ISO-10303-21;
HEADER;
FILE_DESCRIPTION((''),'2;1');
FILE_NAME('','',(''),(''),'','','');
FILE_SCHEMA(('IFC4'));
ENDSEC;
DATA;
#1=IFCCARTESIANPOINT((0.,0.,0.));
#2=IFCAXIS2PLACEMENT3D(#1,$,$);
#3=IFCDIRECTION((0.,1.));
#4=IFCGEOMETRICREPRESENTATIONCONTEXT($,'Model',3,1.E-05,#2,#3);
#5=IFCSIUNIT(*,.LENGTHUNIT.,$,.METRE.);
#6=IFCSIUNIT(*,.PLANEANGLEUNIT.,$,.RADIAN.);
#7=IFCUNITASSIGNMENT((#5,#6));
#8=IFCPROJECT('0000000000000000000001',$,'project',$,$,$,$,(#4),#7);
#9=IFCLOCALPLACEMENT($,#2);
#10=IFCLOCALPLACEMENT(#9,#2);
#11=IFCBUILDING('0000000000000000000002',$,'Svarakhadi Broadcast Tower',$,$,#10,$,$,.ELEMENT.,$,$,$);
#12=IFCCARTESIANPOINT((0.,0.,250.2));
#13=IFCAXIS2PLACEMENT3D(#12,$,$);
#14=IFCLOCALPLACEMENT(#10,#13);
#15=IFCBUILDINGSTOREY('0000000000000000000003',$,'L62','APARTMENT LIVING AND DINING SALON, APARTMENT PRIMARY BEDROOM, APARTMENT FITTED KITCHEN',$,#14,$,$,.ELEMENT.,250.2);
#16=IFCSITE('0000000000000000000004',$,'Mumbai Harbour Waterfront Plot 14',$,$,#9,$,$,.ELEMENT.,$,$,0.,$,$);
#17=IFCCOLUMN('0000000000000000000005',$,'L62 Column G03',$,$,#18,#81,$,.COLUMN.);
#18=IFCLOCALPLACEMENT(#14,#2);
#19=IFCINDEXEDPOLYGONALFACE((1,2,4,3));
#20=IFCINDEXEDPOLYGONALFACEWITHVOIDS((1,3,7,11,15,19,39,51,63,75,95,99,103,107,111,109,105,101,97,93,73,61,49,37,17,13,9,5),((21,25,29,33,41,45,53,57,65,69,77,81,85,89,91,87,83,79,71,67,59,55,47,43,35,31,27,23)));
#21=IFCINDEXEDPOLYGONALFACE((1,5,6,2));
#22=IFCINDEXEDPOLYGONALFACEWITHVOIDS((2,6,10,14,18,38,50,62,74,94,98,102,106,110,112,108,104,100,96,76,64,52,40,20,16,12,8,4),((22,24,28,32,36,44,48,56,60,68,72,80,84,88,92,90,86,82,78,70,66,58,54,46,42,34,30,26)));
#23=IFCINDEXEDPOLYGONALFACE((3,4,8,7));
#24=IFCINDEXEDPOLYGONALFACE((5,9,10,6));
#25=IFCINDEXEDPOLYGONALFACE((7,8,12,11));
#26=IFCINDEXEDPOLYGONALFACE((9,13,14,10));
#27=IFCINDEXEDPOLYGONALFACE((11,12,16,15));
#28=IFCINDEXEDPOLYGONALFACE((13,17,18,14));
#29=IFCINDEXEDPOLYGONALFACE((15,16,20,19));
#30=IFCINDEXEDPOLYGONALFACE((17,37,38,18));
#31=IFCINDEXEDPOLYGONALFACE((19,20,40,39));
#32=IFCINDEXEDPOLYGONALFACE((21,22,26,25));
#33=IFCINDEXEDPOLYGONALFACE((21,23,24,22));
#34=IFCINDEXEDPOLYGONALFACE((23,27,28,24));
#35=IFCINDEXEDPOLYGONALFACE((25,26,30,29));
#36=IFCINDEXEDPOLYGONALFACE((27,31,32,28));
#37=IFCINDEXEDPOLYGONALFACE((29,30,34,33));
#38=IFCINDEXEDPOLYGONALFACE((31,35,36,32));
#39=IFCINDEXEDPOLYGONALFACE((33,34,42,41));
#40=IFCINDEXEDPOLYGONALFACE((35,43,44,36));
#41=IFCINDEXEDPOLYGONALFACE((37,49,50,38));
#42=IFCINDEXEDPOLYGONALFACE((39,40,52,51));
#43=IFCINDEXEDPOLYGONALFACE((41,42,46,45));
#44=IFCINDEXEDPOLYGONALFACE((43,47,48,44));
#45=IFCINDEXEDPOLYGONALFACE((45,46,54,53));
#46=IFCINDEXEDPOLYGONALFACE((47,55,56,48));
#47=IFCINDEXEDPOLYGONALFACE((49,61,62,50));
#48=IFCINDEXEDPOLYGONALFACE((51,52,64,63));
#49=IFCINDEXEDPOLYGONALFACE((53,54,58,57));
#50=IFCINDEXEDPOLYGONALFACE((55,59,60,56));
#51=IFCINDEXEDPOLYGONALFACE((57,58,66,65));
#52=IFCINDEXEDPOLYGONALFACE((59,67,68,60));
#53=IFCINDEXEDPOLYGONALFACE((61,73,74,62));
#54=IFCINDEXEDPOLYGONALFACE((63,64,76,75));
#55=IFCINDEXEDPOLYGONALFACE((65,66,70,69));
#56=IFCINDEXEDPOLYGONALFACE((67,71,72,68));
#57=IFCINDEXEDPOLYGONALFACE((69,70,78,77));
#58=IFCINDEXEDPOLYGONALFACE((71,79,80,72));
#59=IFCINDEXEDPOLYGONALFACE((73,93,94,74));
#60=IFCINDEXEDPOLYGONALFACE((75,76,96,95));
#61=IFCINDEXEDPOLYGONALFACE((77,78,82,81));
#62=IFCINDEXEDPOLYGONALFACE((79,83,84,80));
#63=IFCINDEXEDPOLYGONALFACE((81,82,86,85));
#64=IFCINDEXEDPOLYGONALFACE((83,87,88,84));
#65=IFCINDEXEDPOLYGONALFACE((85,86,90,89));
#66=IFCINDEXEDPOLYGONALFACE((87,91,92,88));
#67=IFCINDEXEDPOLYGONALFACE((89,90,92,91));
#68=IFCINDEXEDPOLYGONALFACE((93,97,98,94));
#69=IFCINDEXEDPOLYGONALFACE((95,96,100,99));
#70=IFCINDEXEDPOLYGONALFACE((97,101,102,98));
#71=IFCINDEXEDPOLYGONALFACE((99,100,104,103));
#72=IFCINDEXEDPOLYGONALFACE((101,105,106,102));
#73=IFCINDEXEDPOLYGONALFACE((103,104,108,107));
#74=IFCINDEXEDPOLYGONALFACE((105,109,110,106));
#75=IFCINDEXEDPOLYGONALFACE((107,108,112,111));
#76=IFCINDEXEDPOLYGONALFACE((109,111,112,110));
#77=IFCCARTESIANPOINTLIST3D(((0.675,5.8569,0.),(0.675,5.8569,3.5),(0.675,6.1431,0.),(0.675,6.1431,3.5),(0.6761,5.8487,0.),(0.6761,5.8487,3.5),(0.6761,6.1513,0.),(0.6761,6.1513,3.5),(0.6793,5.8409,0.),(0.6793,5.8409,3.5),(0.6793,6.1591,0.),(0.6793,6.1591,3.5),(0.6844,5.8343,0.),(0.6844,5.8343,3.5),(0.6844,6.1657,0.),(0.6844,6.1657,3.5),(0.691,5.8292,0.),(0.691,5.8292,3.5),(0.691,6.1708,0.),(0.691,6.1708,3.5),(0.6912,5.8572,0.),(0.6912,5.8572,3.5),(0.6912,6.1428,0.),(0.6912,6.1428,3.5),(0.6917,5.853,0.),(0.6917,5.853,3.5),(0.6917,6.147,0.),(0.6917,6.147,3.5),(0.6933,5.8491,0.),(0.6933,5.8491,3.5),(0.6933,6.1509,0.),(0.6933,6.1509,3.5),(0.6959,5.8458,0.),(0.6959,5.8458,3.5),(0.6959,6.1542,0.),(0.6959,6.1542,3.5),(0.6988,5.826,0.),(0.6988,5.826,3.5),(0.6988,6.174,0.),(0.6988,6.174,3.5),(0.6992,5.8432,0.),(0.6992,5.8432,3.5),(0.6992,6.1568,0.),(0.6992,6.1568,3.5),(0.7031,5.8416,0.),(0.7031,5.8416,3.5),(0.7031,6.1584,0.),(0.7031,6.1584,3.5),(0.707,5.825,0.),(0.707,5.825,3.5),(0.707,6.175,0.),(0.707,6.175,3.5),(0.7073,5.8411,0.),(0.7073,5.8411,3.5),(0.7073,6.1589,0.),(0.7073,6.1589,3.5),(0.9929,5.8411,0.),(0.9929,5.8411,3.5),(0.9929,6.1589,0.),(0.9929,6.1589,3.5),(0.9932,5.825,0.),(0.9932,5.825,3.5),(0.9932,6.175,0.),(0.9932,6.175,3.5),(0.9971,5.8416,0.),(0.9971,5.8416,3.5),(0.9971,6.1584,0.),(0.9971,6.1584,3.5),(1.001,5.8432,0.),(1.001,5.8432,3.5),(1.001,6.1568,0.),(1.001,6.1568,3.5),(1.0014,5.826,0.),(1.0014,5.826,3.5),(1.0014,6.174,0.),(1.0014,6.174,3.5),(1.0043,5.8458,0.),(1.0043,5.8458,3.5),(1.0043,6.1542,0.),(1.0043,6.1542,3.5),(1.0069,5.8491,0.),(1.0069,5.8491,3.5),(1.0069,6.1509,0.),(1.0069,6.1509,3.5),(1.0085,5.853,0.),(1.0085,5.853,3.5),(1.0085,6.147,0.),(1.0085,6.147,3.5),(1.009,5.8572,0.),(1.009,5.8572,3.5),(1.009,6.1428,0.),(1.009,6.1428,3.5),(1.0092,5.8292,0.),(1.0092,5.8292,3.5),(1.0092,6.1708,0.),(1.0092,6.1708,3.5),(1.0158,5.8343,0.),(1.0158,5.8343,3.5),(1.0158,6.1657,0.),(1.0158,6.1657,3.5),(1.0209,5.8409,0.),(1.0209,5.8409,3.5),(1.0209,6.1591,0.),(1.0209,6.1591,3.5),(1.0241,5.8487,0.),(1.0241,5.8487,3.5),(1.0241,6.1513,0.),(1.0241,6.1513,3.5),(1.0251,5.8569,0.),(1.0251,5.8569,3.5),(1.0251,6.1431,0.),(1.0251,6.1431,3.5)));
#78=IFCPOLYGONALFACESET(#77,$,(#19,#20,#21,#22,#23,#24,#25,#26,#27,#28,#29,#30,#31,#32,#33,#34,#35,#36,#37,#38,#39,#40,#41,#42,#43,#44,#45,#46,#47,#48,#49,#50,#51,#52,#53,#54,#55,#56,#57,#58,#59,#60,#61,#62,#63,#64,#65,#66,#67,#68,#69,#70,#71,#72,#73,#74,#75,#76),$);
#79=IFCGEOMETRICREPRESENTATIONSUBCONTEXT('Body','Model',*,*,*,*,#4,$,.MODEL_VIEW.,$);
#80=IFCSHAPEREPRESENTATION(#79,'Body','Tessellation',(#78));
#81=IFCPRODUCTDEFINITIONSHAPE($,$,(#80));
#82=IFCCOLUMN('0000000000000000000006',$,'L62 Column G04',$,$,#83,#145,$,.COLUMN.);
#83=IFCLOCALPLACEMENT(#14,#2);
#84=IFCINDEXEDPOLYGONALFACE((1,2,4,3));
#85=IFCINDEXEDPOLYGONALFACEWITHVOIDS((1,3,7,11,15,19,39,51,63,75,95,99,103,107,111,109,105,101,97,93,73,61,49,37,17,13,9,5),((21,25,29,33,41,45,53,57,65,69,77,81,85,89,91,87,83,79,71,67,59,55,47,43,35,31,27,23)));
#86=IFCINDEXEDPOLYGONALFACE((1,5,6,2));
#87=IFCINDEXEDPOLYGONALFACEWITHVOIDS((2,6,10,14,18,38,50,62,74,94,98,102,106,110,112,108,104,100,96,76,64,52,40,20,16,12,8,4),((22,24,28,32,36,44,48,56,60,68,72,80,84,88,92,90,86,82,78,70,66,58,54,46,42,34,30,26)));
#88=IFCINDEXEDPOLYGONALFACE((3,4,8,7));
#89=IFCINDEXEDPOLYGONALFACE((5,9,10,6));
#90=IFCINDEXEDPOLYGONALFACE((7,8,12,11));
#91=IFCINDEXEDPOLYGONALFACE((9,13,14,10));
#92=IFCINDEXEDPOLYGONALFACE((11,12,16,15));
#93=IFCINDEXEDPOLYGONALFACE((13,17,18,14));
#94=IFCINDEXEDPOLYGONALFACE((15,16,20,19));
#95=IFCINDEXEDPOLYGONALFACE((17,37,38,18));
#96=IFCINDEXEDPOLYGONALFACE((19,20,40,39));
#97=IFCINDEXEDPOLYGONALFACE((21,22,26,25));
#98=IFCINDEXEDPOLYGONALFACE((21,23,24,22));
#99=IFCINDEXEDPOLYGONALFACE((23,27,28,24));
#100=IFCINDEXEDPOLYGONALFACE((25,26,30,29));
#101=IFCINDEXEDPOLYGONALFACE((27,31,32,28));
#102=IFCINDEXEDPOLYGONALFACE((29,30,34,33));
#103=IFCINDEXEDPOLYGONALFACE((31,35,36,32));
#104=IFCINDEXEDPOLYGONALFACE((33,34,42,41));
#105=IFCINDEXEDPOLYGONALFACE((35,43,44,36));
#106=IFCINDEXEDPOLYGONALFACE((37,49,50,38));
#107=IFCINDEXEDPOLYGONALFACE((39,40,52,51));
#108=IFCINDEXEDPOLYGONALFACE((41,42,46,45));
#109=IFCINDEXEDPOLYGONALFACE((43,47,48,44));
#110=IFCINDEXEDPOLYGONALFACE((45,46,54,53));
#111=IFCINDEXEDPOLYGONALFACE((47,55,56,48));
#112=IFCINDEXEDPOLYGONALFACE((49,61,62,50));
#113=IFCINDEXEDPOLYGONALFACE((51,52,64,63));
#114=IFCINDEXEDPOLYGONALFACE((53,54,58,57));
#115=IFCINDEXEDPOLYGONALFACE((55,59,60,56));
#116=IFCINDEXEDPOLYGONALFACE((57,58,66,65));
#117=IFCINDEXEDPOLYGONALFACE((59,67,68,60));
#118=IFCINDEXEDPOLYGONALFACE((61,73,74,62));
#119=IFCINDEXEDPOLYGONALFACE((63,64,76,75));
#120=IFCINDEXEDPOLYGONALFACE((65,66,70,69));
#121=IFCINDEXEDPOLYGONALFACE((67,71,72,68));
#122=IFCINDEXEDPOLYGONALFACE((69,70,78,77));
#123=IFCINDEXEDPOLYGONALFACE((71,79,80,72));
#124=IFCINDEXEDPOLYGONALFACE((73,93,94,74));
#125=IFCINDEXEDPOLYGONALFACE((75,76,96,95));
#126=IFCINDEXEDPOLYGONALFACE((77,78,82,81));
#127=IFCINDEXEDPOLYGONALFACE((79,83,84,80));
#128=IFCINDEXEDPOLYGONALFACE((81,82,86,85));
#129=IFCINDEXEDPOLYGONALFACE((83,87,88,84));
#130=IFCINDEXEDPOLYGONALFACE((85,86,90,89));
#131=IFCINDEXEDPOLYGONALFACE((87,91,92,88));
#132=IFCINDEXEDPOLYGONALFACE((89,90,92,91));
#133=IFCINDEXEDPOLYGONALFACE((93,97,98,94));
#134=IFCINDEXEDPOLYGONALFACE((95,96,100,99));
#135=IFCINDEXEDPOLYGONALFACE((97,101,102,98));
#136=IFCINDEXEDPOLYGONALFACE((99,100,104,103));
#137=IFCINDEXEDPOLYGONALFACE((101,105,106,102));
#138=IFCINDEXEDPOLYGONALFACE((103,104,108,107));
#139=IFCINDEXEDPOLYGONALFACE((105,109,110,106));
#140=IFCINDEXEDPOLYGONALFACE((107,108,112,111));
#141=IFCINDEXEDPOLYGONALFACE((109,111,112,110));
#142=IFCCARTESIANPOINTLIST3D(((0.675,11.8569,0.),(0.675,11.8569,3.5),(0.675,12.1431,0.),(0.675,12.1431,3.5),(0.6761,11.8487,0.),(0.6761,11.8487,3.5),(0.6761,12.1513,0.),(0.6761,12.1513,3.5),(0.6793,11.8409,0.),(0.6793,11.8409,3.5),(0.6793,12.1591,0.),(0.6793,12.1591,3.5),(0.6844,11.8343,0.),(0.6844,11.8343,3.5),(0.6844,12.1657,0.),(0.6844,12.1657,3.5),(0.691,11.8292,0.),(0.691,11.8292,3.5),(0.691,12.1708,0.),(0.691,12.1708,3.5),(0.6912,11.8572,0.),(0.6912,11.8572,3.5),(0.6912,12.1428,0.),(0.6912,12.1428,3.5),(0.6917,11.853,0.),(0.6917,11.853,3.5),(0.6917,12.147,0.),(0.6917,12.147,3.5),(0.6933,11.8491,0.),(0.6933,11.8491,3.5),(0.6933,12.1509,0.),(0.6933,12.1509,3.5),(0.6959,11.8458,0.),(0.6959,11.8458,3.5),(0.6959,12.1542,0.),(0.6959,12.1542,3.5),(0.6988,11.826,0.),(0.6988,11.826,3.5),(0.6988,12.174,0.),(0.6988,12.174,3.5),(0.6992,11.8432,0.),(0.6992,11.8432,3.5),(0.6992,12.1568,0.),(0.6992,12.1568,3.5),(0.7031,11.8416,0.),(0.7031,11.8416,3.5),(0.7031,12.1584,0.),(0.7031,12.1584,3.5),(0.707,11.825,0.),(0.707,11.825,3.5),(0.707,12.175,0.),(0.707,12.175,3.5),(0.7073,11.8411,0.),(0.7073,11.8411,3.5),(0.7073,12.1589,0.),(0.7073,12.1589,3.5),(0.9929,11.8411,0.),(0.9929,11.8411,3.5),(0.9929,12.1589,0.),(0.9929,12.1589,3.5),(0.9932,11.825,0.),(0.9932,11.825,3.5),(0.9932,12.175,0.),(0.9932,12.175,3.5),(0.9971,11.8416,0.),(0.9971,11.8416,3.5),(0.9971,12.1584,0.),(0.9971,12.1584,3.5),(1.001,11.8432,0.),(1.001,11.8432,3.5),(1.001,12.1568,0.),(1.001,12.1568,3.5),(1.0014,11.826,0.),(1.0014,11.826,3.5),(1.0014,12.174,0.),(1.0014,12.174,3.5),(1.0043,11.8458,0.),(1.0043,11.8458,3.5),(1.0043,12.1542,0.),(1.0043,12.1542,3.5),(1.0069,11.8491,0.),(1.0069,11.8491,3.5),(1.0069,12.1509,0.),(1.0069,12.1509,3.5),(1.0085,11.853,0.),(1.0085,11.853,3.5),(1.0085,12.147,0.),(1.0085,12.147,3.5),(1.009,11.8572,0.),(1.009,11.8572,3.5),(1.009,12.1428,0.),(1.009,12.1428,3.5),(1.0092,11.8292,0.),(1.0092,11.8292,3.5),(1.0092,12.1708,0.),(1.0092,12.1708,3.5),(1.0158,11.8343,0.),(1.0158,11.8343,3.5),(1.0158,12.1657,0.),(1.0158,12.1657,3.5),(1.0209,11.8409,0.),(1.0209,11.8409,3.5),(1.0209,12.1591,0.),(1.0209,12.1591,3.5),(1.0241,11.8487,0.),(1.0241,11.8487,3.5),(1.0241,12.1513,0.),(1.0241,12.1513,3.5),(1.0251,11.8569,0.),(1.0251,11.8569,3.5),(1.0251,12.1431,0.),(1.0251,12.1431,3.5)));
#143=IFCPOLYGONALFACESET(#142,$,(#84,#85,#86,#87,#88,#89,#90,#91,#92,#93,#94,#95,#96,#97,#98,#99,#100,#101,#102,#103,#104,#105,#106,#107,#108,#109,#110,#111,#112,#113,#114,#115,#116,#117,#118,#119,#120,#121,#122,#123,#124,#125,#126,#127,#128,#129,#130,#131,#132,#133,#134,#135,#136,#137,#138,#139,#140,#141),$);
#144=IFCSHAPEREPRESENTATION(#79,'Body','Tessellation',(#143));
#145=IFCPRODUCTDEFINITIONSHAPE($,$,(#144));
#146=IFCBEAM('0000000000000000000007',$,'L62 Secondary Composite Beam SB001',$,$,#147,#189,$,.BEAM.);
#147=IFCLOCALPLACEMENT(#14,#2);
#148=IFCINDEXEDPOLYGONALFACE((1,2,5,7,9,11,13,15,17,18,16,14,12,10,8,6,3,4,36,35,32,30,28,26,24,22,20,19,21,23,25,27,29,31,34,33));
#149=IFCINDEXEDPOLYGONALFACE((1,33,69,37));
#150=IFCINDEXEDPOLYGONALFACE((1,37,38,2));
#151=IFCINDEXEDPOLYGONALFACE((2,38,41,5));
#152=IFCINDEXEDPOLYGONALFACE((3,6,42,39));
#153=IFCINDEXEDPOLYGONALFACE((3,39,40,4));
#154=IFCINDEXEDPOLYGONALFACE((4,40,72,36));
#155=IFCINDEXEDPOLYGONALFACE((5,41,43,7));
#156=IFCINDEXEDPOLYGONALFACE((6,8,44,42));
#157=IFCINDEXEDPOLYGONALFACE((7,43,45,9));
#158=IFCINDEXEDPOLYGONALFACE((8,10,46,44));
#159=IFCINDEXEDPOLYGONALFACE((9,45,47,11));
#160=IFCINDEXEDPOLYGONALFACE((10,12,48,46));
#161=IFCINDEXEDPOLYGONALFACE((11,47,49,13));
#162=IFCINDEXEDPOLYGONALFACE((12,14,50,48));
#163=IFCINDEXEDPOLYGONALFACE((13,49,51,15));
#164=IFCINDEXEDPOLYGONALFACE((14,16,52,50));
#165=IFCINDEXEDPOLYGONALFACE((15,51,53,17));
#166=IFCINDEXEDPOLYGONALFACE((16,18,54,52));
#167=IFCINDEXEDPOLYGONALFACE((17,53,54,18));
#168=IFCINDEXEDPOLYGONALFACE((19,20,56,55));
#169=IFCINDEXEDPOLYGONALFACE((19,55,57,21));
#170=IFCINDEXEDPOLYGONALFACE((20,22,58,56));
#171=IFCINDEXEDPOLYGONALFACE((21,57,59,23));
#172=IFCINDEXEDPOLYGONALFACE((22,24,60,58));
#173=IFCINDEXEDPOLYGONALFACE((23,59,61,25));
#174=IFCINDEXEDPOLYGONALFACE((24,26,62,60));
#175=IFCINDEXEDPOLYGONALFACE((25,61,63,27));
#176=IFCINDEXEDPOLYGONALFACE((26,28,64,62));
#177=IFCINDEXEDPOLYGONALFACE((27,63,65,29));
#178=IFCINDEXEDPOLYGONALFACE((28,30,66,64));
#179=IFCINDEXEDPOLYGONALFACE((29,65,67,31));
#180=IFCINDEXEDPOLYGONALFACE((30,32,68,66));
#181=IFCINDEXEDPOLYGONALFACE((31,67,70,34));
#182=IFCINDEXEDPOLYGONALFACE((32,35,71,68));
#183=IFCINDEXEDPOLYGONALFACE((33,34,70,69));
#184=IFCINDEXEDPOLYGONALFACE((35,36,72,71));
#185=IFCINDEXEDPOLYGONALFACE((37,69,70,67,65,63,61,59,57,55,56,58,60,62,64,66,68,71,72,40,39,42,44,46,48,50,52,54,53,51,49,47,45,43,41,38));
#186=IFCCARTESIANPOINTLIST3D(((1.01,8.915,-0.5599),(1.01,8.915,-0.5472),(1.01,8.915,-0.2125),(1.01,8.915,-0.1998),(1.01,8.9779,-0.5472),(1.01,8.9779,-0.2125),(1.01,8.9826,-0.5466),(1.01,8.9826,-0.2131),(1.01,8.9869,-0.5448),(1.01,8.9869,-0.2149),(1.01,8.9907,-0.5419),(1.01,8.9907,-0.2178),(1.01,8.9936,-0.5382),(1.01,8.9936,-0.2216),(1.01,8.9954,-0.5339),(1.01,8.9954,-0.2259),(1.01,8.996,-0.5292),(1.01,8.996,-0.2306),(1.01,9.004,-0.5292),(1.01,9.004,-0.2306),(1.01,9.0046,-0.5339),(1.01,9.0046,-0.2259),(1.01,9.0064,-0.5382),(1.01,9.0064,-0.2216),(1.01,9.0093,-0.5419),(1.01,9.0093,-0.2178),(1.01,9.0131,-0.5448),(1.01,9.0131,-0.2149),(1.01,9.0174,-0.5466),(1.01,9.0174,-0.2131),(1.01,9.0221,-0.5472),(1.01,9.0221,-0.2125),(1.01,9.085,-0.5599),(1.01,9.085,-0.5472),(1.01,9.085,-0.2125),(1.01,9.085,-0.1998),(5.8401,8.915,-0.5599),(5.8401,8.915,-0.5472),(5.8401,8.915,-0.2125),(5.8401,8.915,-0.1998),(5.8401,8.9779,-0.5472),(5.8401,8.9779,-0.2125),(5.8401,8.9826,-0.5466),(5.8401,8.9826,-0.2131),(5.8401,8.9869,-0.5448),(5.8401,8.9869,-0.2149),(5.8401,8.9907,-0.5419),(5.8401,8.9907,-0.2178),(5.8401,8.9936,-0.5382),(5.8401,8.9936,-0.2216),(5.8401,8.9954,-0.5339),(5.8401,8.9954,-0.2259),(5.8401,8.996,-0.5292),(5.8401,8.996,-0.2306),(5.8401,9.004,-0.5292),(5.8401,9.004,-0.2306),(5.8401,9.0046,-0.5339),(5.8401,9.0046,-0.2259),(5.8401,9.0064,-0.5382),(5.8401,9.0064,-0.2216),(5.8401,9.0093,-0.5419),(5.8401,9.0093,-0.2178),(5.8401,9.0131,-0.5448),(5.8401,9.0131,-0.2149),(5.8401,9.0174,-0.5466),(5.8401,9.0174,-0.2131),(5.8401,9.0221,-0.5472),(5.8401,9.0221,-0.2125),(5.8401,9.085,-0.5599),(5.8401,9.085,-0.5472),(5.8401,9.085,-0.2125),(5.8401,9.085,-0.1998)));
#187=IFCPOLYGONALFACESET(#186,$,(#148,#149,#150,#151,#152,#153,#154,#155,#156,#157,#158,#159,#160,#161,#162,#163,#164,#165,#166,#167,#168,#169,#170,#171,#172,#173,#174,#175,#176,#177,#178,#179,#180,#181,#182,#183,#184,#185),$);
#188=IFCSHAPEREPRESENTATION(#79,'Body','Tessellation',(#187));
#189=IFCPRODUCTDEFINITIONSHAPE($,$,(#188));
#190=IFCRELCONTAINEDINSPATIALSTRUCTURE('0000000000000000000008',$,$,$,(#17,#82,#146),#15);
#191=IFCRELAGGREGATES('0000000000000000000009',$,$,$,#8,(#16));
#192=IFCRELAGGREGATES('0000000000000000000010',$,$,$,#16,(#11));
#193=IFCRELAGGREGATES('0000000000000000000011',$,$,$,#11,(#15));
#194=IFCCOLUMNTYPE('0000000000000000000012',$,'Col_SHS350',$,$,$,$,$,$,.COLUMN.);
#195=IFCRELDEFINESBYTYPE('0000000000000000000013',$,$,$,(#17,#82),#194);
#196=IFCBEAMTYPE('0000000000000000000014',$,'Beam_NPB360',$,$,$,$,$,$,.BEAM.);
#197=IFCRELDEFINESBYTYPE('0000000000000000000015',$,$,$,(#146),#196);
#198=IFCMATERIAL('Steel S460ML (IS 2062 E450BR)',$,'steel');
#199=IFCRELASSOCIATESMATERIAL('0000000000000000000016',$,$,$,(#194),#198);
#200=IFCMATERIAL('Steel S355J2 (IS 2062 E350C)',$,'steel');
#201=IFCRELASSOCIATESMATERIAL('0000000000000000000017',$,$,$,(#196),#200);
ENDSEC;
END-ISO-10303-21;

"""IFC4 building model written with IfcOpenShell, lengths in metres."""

from ifc_helpers import new_model, si_unit, direction, frame, origin, origin_2d, place, context, subcontext, project, spatial, hollow_rectangle, i_section, extrude, material, material_profile, profile_set, type_object, element, save


model = new_model("IFC4")

# Units and contexts
model_context = context("Model", 3, precision=1e-05, world=origin(), true_north=direction((0.0, 1.0)))
body_context = subcontext(model_context, "Body", "Model", "MODEL_VIEW")
ifc_project = project(units=[si_unit("LENGTHUNIT", "METRE"), si_unit("PLANEANGLEUNIT", "RADIAN")], contexts=[model_context])

# Site, building, storey
site_placement = place(None, origin())
site = spatial("IfcSite", under=ifc_project, at=site_placement, Name="Mumbai Harbour Waterfront Plot 14", CompositionType="ELEMENT", RefElevation=0.0)
building_placement = place(site_placement, origin())
building = spatial("IfcBuilding", under=site, at=building_placement, Name="Svarakhadi Broadcast Tower", CompositionType="ELEMENT")
storey_placement = place(building_placement, frame((0.0, 0.0, 250.2)))
storey = spatial("IfcBuildingStorey", under=building, at=storey_placement, Name="L62", Description="APARTMENT LIVING AND DINING SALON, APARTMENT PRIMARY BEDROOM, APARTMENT FITTED KITCHEN", CompositionType="ELEMENT", Elevation=250.2)

# Columns
ifc_material_1 = material(Name="Steel S460ML (IS 2062 E450BR)", Category="steel")
ifc_material_profile_1 = material_profile(ifc_material_1, hollow_rectangle(XDim=0.3501, YDim=0.3501, WallThickness=0.0161, InnerFilletRadius=0.0161, OuterFilletRadius=0.032, at=origin_2d()), Name="SHS 350x350x16")
ifc_profile_set_1 = profile_set([ifc_material_profile_1], Name="Steel S460ML (IS 2062 E450BR)")
column_type = type_object("IfcColumnType", Name="Col_SHS350", PredefinedType="COLUMN", material=ifc_profile_set_1)
for number, where, z_axis, x_axis, name in (
    (1, (0.8501, 6.0, 0.0), (0.0, 0.0, 1.0), (1.0, 0.0, 0.0), "L62 Column G03"),
    (2, (0.8501, 12.0, 0.0), (0.0, 0.0, 1.0), (1.0, 0.0, 0.0), "L62 Column G04"),
):
    element("IfcColumn", number, at=place(storey_placement, frame(where, z_axis=z_axis, x_axis=x_axis)), inside=storey, type_object=column_type, Name=name, PredefinedType="COLUMN", context=body_context, shape_type="SweptSolid", body=[
        extrude(hollow_rectangle(XDim=0.3501, YDim=0.3501, WallThickness=0.0161, InnerFilletRadius=0.0161, OuterFilletRadius=0.032, at=origin_2d()), origin(), (0.0, 0.0, 1.0), 3.5),
    ])

# Beam
ifc_material_2 = material(Name="Steel S355J2 (IS 2062 E350C)", Category="steel")
ifc_material_profile_2 = material_profile(ifc_material_2, i_section(OverallWidth=0.1699, OverallDepth=0.3601, WebThickness=0.0081, FlangeThickness=0.0127, FilletRadius=0.0181, at=origin_2d()), Name="NPB 360x170x57")
ifc_profile_set_2 = profile_set([ifc_material_profile_2], Name="Steel S355J2 (IS 2062 E350C)")
beam_type_1 = type_object("IfcBeamType", Name="Beam_NPB360", PredefinedType="BEAM", material=ifc_profile_set_2)
beam_1_placement = place(storey_placement, frame((1.01, 9.0, -0.3799), z_axis=(1.0, 0.0, 0.0), x_axis=(0.0, 1.0, 0.0)))
element("IfcBeam", 3, at=beam_1_placement, inside=storey, type_object=beam_type_1, Name="L62 Secondary Composite Beam SB001", PredefinedType="BEAM", context=body_context, shape_type="SweptSolid", body=[
    extrude(i_section(OverallWidth=0.1699, OverallDepth=0.3601, WebThickness=0.0081, FlangeThickness=0.0127, FilletRadius=0.0181, at=origin_2d()), origin(), (0.0, 0.0, 1.0), 4.8301),
])

save(model, "model.ifc")
